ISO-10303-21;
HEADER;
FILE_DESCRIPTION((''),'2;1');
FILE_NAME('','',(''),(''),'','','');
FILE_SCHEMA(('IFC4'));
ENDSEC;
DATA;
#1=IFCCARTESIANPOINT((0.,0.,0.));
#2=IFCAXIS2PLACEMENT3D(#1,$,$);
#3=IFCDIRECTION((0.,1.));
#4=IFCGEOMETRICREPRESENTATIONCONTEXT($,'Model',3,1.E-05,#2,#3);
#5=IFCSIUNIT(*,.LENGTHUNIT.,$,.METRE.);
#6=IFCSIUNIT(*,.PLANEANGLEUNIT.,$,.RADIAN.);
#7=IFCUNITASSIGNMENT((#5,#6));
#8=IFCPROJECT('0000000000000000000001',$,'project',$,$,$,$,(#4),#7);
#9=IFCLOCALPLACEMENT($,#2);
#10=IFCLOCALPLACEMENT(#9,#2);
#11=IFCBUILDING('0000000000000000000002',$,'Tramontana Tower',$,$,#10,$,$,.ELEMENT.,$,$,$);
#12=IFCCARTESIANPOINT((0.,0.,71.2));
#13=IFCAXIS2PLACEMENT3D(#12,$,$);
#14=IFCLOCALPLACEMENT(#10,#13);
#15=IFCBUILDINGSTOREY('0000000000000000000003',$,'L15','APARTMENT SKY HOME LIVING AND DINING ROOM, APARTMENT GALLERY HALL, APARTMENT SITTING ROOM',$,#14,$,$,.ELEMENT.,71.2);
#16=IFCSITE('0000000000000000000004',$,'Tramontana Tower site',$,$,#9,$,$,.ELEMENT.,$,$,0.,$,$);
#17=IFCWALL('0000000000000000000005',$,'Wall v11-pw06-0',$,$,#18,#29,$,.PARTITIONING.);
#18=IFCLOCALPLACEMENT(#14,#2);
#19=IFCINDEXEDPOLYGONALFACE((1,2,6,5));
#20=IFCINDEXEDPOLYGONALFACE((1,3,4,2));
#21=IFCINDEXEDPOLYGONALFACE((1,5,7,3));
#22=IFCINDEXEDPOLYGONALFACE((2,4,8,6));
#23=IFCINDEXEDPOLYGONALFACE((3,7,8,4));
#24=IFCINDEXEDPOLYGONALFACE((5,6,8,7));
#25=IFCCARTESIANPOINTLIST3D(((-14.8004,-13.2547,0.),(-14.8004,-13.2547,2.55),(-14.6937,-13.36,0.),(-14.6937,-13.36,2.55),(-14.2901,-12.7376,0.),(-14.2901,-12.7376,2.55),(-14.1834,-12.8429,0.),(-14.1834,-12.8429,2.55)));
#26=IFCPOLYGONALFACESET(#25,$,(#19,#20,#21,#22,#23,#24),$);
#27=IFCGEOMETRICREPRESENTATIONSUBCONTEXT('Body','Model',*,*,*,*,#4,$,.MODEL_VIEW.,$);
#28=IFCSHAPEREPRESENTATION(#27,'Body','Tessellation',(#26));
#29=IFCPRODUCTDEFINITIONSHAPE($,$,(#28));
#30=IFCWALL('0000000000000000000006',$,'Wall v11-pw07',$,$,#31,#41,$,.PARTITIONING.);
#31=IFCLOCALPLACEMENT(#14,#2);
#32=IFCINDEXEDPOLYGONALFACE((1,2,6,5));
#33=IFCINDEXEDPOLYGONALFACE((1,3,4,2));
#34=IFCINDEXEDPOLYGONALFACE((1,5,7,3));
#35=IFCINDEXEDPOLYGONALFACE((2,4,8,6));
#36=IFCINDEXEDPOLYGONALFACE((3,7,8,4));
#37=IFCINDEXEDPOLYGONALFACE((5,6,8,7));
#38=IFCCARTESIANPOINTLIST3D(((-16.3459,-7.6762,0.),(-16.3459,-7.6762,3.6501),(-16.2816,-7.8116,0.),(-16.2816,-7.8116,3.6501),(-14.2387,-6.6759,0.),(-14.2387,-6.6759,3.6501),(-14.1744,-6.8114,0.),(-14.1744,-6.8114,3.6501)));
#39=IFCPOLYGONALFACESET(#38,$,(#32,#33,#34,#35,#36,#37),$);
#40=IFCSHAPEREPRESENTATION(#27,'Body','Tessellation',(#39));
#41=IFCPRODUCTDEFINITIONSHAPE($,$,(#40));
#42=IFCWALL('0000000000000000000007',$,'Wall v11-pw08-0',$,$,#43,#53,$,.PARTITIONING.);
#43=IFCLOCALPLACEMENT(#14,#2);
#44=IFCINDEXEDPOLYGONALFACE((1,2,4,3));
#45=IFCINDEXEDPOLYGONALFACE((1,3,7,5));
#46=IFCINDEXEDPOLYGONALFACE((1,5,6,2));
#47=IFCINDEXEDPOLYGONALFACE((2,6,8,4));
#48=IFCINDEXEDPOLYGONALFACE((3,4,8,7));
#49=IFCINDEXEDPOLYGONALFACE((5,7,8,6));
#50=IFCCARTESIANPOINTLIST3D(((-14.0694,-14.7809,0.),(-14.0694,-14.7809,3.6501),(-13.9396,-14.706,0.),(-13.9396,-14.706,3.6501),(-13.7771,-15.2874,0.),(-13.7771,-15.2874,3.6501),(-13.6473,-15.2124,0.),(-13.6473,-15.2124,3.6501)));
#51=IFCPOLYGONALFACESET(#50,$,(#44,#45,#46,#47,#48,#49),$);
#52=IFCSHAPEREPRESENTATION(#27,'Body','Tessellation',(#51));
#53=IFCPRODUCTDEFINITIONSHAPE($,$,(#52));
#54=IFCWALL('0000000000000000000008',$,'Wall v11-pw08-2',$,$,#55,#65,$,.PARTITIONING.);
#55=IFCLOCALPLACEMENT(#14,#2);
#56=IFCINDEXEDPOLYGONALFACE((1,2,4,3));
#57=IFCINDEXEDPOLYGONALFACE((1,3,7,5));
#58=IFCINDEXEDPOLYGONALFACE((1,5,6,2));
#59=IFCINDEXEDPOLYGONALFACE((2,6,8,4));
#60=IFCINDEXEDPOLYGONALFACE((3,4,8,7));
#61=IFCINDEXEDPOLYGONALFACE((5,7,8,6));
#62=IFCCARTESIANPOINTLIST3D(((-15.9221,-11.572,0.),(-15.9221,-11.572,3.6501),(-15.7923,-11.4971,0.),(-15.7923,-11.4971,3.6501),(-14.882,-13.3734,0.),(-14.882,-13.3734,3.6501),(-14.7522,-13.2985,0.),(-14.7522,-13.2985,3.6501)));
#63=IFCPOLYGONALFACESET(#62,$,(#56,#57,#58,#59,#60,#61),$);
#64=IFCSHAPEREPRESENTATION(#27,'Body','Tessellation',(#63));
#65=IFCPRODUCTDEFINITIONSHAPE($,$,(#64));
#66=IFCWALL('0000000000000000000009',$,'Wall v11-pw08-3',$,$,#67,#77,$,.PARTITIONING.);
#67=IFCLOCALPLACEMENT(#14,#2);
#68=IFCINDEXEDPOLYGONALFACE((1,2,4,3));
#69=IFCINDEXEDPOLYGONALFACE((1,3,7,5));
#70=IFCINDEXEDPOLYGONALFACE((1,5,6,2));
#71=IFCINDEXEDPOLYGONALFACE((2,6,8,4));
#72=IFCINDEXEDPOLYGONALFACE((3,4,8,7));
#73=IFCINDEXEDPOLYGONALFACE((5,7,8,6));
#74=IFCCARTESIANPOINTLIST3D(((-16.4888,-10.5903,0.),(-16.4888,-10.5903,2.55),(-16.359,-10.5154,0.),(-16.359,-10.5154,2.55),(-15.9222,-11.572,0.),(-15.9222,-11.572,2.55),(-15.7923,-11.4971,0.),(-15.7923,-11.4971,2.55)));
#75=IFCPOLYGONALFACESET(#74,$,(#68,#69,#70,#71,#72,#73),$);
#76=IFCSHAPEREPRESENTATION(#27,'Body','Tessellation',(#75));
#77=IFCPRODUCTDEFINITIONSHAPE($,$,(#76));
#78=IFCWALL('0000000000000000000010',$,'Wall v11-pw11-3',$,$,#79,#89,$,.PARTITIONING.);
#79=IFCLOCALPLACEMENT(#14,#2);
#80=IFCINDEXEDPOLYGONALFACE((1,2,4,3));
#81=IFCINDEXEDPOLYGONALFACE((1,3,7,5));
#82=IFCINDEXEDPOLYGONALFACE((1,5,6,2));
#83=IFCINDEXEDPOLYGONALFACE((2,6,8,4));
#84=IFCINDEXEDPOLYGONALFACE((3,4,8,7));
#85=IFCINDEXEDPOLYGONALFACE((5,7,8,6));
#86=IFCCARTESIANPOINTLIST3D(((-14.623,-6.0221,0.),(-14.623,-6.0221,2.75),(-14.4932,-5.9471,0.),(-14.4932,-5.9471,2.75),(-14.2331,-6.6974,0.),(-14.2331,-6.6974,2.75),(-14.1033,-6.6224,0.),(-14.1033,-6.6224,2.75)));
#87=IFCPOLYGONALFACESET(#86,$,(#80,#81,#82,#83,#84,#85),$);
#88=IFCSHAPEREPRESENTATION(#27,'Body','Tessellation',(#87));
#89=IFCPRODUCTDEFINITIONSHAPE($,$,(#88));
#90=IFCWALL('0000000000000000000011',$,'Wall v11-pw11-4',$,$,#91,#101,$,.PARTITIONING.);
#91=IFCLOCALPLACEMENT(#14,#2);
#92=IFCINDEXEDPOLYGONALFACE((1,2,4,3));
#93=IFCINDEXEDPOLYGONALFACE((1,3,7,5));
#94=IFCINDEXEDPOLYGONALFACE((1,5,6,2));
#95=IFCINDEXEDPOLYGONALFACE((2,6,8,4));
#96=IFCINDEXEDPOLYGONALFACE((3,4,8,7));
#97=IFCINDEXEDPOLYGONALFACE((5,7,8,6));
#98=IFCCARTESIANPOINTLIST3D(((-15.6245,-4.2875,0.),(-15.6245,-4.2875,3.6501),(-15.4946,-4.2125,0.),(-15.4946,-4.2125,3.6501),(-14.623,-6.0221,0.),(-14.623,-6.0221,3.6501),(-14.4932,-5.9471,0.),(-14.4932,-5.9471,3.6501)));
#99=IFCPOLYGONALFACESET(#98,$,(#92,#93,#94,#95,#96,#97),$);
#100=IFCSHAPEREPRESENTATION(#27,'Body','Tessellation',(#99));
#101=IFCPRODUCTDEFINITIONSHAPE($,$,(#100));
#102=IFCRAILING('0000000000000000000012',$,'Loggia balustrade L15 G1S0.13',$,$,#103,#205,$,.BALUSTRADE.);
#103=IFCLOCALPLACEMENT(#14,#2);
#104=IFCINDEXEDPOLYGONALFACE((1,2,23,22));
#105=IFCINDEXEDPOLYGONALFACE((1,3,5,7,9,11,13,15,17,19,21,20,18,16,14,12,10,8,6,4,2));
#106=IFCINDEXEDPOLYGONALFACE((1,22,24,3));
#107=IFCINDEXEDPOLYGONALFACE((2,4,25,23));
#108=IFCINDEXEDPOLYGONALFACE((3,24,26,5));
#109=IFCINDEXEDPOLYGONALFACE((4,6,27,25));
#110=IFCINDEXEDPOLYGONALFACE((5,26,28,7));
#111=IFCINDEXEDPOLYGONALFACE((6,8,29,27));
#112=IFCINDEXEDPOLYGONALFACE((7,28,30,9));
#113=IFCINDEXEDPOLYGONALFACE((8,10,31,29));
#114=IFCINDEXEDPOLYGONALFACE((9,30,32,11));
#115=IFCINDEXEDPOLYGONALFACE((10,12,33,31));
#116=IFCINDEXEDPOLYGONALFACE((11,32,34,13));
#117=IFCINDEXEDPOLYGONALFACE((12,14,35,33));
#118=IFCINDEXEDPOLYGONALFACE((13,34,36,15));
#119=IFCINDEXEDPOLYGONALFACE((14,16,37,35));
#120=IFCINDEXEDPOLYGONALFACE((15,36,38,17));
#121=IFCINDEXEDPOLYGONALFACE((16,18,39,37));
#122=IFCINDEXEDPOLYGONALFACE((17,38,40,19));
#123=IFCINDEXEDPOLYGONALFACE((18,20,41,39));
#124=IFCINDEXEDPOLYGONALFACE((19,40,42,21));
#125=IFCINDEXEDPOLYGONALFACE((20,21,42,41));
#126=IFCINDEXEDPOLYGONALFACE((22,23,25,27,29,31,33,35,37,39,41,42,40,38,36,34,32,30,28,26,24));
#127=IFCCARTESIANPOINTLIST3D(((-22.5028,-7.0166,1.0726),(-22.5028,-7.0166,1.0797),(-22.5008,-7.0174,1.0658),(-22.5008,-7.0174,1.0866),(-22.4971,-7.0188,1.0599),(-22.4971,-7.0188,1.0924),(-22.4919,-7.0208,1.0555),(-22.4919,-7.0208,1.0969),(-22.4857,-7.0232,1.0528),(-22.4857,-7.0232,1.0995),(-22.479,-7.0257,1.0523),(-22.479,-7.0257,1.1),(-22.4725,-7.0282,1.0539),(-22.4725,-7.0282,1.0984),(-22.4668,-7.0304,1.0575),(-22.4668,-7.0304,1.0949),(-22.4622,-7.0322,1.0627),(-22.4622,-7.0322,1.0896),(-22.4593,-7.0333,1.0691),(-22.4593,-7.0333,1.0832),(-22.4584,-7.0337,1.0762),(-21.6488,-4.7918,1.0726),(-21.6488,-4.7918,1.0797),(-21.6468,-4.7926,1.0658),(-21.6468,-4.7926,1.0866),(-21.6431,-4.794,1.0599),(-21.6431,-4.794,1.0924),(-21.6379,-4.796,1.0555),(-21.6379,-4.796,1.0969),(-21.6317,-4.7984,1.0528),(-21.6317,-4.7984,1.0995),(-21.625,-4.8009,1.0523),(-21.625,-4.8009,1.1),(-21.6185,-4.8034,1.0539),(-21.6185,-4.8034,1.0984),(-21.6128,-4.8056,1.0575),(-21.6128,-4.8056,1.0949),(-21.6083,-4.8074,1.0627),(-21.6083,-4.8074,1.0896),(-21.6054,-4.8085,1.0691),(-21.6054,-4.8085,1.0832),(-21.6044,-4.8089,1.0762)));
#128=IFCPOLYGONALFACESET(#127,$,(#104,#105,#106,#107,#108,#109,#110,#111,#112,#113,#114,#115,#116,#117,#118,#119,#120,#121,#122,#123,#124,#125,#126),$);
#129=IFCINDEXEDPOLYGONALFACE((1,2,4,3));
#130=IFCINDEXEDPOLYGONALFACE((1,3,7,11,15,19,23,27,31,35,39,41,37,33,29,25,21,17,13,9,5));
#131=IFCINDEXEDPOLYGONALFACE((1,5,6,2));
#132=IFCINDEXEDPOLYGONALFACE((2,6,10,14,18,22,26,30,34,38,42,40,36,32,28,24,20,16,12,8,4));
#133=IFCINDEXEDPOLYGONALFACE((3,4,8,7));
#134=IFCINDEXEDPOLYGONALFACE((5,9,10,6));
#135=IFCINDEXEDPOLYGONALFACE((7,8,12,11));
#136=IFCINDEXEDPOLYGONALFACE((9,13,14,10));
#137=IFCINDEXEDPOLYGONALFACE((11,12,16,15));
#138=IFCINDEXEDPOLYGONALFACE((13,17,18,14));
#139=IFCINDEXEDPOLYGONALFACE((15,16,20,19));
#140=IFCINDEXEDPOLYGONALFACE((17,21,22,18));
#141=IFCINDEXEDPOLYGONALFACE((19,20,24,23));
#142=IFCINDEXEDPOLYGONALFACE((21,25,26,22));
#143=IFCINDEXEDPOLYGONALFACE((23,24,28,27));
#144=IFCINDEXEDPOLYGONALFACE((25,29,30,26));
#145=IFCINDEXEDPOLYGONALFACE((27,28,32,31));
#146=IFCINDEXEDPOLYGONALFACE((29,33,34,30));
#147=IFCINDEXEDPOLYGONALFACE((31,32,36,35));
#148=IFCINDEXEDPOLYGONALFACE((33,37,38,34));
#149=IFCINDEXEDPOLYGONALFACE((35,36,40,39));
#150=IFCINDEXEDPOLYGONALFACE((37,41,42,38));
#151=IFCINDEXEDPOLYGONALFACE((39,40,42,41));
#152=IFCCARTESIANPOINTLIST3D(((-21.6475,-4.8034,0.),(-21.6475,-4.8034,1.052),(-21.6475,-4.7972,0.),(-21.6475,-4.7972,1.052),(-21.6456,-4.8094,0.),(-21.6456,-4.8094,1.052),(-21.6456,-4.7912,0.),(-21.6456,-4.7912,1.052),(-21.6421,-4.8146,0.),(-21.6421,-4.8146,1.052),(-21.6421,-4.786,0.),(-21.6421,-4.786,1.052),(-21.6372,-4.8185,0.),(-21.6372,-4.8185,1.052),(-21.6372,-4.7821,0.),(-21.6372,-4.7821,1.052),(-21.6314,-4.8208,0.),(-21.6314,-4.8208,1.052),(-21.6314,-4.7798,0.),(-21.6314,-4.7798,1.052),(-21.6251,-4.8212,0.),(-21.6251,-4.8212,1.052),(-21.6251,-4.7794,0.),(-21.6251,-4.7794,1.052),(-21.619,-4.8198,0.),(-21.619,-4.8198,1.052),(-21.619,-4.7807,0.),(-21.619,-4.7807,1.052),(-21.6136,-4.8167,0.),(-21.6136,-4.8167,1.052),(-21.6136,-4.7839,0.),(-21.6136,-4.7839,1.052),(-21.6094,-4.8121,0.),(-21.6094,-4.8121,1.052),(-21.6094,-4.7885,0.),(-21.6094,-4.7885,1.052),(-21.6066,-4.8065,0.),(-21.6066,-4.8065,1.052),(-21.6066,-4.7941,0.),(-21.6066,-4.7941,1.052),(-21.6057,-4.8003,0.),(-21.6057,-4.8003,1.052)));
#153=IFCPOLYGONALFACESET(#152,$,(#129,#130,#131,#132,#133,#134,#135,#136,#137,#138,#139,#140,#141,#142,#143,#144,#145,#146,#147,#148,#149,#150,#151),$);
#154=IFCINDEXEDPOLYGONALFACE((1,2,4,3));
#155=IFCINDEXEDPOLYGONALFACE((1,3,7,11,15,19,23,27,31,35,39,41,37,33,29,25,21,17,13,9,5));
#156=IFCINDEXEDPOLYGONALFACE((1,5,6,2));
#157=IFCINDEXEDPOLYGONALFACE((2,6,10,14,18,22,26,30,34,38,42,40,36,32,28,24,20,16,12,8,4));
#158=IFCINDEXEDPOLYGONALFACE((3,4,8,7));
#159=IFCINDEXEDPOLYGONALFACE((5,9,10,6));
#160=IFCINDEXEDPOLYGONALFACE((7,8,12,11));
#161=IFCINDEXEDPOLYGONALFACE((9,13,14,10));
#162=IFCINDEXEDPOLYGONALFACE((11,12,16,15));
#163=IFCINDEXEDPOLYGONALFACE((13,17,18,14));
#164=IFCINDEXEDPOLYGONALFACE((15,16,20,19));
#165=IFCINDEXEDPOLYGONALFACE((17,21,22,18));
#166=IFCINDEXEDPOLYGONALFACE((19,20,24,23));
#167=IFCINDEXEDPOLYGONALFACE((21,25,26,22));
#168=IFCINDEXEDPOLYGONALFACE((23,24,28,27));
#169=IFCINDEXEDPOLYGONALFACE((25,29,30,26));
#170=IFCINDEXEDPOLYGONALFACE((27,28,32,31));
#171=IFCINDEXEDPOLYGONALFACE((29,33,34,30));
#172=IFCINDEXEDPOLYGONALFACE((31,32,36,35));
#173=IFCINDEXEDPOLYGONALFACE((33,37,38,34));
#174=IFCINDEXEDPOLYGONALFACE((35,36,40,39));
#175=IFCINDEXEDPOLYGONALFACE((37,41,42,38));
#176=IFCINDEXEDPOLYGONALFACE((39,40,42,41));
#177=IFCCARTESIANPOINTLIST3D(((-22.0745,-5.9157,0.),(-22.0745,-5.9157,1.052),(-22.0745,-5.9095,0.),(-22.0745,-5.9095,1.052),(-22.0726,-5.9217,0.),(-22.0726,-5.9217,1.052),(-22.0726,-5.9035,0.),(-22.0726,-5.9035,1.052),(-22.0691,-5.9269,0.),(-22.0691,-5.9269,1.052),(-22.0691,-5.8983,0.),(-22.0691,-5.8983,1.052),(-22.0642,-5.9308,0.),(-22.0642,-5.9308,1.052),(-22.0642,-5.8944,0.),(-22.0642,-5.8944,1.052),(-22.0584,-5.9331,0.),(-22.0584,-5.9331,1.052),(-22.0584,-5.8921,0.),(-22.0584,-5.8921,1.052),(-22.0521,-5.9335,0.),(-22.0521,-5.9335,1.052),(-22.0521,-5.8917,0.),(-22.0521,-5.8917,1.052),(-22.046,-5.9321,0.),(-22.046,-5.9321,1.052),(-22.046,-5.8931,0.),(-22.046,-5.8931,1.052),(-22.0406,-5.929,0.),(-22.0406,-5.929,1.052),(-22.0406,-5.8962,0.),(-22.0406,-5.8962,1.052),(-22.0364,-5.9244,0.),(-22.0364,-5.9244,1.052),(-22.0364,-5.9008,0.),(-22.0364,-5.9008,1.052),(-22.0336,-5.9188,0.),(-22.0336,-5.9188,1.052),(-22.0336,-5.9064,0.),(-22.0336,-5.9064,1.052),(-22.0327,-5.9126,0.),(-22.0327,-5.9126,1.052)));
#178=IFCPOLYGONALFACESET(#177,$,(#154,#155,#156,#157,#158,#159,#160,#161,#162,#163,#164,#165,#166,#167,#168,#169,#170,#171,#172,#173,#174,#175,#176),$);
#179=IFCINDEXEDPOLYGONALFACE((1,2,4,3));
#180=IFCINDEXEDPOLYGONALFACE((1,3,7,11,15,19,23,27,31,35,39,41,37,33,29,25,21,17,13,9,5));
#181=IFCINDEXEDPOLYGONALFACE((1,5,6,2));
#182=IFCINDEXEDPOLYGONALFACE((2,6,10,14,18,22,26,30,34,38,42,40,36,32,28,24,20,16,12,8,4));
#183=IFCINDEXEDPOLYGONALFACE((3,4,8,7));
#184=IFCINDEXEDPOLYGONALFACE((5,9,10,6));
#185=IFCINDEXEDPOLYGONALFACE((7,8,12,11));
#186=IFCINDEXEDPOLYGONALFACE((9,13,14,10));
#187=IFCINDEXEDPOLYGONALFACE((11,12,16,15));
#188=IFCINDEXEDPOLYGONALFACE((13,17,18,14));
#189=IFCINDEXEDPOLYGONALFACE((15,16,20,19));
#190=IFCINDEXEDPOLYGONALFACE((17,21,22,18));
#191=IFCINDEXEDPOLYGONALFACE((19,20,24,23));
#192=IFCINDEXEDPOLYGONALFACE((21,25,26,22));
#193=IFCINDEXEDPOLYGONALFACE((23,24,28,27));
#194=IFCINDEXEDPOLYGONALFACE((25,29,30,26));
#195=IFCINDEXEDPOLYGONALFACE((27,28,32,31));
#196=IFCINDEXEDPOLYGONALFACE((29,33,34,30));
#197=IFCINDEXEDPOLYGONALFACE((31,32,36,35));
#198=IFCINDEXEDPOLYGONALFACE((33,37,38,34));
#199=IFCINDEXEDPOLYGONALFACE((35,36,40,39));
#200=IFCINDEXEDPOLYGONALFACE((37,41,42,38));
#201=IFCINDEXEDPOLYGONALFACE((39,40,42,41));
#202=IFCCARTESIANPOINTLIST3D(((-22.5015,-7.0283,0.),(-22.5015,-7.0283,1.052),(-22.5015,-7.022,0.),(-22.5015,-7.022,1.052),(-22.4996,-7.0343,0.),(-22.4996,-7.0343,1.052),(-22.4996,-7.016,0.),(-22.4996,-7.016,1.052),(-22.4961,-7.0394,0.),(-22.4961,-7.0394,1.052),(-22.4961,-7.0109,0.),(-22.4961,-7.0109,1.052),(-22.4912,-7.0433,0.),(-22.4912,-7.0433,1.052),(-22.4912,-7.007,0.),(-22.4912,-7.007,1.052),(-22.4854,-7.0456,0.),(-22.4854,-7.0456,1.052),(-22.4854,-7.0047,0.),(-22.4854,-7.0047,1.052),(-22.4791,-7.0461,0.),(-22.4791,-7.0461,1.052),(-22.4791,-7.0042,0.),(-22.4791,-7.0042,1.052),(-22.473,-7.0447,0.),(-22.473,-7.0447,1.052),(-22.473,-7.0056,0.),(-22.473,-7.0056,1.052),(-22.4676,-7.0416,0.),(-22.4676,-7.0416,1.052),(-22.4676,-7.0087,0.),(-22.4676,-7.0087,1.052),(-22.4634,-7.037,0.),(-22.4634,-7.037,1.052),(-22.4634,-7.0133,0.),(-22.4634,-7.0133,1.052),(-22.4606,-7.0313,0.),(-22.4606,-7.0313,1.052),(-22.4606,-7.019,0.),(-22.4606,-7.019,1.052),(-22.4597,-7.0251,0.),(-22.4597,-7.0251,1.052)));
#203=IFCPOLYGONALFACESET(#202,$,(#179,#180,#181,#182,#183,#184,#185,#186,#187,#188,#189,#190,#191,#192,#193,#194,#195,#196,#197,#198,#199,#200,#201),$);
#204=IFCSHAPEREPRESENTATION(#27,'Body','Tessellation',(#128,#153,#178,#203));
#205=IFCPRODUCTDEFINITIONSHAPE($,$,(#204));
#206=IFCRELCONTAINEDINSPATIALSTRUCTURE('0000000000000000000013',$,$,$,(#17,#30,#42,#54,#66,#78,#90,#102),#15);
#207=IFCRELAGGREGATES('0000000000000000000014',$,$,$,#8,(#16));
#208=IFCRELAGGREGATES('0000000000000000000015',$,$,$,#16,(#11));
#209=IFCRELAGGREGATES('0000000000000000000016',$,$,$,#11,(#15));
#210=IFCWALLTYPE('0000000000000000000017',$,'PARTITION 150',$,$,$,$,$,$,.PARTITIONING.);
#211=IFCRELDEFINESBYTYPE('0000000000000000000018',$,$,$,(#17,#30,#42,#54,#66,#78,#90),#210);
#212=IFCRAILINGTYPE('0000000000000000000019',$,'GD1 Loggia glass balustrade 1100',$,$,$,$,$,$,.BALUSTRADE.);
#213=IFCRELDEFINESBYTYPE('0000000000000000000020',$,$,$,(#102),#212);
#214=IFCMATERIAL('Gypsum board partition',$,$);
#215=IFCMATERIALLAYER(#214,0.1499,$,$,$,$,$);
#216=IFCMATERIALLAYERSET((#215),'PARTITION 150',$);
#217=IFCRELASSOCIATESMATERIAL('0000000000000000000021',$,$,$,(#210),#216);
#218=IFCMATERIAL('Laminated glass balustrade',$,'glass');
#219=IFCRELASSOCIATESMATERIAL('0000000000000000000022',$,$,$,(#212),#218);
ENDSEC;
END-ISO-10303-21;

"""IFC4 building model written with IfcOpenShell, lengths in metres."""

from ifc_helpers import new_model, si_unit, direction, frame, frame_2d, origin, origin_2d, place, context, subcontext, project, spatial, rectangle, circle, extrude, material, layer, layer_set, type_object, element, save


model = new_model("IFC4")

# Units and contexts
model_context = context("Model", 3, precision=1e-05, world=origin(), true_north=direction((0.0, 1.0)))
body_context = subcontext(model_context, "Body", "Model", "MODEL_VIEW")
ifc_project = project(units=[si_unit("LENGTHUNIT", "METRE"), si_unit("PLANEANGLEUNIT", "RADIAN")], contexts=[model_context])

# Site, building, storey
site_placement = place(None, origin())
site = spatial("IfcSite", under=ifc_project, at=site_placement, Name="Tramontana Tower site", CompositionType="ELEMENT", RefElevation=0.0)
building_placement = place(site_placement, origin())
building = spatial("IfcBuilding", under=site, at=building_placement, Name="Tramontana Tower", CompositionType="ELEMENT")
storey_placement = place(building_placement, frame((0.0, 0.0, 71.2)))
storey = spatial("IfcBuildingStorey", under=building, at=storey_placement, Name="L15", Description="APARTMENT SKY HOME LIVING AND DINING ROOM, APARTMENT GALLERY HALL, APARTMENT SITTING ROOM", CompositionType="ELEMENT", Elevation=71.2)

# Shared definitions
ifc_material_1 = material(Name="Gypsum board partition")
ifc_layer_1 = layer(ifc_material_1, 0.1499)
ifc_layer_set_1 = layer_set([ifc_layer_1], Name="PARTITION 150")
wall_type_1 = type_object("IfcWallType", Name="PARTITION 150", PredefinedType="PARTITIONING", material=ifc_layer_set_1)

# Wall
wall_1_placement = place(storey_placement, frame((-14.7471, -13.3074, 0.0), z_axis=(0.0, 0.0, 1.0), x_axis=(0.702386, 0.711796, 0.0)))
element("IfcWall", 1, at=wall_1_placement, inside=storey, type_object=wall_type_1, Name="Wall v11-pw06-0", PredefinedType="PARTITIONING", context=body_context, shape_type="SweptSolid", body=[
    extrude(rectangle(XDim=0.7266, YDim=0.1499, at=frame_2d((0.3633, 0.0))), origin(), (0.0, 0.0, 1.0), 2.55),
])

# Walls
wall_2_placement = place(storey_placement, frame((-14.2065, -6.7437, 0.0), z_axis=(0.0, 0.0, 1.0), x_axis=(-0.903388, -0.428824, 0.0)))
element("IfcWall", 2, at=wall_2_placement, inside=storey, type_object=wall_type_1, Name="Wall v11-pw07", PredefinedType="PARTITIONING", context=body_context, shape_type="SweptSolid", body=[
    extrude(rectangle(XDim=2.3325, YDim=0.1499, at=frame_2d((1.1663, 0.0))), origin(), (0.0, 0.0, 1.0), 3.6501),
])
wall_3_placement = place(storey_placement, frame((-13.7122, -15.25, 0.0), z_axis=(0.0, 0.0, 1.0), x_axis=(-0.499867, 0.866102, 0.0)))
element("IfcWall", 3, at=wall_3_placement, inside=storey, type_object=wall_type_1, Name="Wall v11-pw08-0", PredefinedType="PARTITIONING", context=body_context, shape_type="SweptSolid", body=[
    extrude(rectangle(XDim=0.5847, YDim=0.1499, at=frame_2d((0.2925, 0.0))), origin(), (0.0, 0.0, 1.0), 3.6501),
])

# Walls
wall_4_placement = place(storey_placement, frame((-14.8171, -13.3359, 0.0), z_axis=(0.0, 0.0, 1.0), x_axis=(-0.500027, 0.86601, 0.0)))
element("IfcWall", 4, at=wall_4_placement, inside=storey, type_object=wall_type_1, Name="Wall v11-pw08-2", PredefinedType="PARTITIONING", context=body_context, shape_type="SweptSolid", body=[
    extrude(rectangle(XDim=2.0801, YDim=0.1499, at=frame_2d((1.04, 0.0))), origin(), (0.0, 0.0, 1.0), 3.6501),
])
wall_5_placement = place(storey_placement, frame((-15.8572, -11.5347, 0.0), z_axis=(0.0, 0.0, 1.0), x_axis=(-0.499915, 0.866074, 0.0)))
element("IfcWall", 5, at=wall_5_placement, inside=storey, type_object=wall_type_1, Name="Wall v11-pw08-3", PredefinedType="PARTITIONING", context=body_context, shape_type="SweptSolid", body=[
    extrude(rectangle(XDim=1.1335, YDim=0.1499, at=frame_2d((0.5669, 0.0))), origin(), (0.0, 0.0, 1.0), 2.55),
])
wall_6_placement = place(storey_placement, frame((-14.1682, -6.6599, 0.0), z_axis=(0.0, 0.0, 1.0), x_axis=(-0.500012, 0.866019, 0.0)))
element("IfcWall", 6, at=wall_6_placement, inside=storey, type_object=wall_type_1, Name="Wall v11-pw11-3", PredefinedType="PARTITIONING", context=body_context, shape_type="SweptSolid", body=[
    extrude(rectangle(XDim=0.7798, YDim=0.1499, at=frame_2d((0.3899, 0.0))), origin(), (0.0, 0.0, 1.0), 2.75),
])
wall_7_placement = place(storey_placement, frame((-14.5581, -5.9846, 0.0), z_axis=(0.0, 0.0, 1.0), x_axis=(-0.499993, 0.866029, 0.0)))
element("IfcWall", 7, at=wall_7_placement, inside=storey, type_object=wall_type_1, Name="Wall v11-pw11-4", PredefinedType="PARTITIONING", context=body_context, shape_type="SweptSolid", body=[
    extrude(rectangle(XDim=2.0029, YDim=0.1499, at=frame_2d((1.0015, 0.0))), origin(), (0.0, 0.0, 1.0), 3.6501),
])

# Railing
ifc_material_2 = material(Name="Laminated glass balustrade", Category="glass")
railing_type = type_object("IfcRailingType", Name="GD1 Loggia glass balustrade 1100", PredefinedType="BALUSTRADE", material=ifc_material_2)
railing_1_placement = place(storey_placement, frame((-21.6267, -4.8003, 0.0)))
element("IfcRailing", 8, at=railing_1_placement, inside=storey, type_object=railing_type, Name="Loggia balustrade L15 G1S0.13", PredefinedType="BALUSTRADE", context=body_context, shape_type="SweptSolid", body=[
    extrude(circle(Radius=0.0239, at=origin_2d()), frame((0.0, 0.0, 1.0762), z_axis=(-0.358354, -0.933586, 0.0), x_axis=(0.933586, -0.358354, 0.0)), (0.0, 0.0, 1.0), 2.3831),
    extrude(circle(Radius=0.021, at=origin_2d()), origin(), (0.0, 0.0, 1.0), 1.052),
    extrude(circle(Radius=0.021, at=origin_2d()), frame((-0.427, -1.1123, 0.0)), (0.0, 0.0, 1.0), 1.052),
    extrude(circle(Radius=0.021, at=origin_2d()), frame((-0.854, -2.2249, 0.0)), (0.0, 0.0, 1.0), 1.052),
])

save(model, "model.ifc")
